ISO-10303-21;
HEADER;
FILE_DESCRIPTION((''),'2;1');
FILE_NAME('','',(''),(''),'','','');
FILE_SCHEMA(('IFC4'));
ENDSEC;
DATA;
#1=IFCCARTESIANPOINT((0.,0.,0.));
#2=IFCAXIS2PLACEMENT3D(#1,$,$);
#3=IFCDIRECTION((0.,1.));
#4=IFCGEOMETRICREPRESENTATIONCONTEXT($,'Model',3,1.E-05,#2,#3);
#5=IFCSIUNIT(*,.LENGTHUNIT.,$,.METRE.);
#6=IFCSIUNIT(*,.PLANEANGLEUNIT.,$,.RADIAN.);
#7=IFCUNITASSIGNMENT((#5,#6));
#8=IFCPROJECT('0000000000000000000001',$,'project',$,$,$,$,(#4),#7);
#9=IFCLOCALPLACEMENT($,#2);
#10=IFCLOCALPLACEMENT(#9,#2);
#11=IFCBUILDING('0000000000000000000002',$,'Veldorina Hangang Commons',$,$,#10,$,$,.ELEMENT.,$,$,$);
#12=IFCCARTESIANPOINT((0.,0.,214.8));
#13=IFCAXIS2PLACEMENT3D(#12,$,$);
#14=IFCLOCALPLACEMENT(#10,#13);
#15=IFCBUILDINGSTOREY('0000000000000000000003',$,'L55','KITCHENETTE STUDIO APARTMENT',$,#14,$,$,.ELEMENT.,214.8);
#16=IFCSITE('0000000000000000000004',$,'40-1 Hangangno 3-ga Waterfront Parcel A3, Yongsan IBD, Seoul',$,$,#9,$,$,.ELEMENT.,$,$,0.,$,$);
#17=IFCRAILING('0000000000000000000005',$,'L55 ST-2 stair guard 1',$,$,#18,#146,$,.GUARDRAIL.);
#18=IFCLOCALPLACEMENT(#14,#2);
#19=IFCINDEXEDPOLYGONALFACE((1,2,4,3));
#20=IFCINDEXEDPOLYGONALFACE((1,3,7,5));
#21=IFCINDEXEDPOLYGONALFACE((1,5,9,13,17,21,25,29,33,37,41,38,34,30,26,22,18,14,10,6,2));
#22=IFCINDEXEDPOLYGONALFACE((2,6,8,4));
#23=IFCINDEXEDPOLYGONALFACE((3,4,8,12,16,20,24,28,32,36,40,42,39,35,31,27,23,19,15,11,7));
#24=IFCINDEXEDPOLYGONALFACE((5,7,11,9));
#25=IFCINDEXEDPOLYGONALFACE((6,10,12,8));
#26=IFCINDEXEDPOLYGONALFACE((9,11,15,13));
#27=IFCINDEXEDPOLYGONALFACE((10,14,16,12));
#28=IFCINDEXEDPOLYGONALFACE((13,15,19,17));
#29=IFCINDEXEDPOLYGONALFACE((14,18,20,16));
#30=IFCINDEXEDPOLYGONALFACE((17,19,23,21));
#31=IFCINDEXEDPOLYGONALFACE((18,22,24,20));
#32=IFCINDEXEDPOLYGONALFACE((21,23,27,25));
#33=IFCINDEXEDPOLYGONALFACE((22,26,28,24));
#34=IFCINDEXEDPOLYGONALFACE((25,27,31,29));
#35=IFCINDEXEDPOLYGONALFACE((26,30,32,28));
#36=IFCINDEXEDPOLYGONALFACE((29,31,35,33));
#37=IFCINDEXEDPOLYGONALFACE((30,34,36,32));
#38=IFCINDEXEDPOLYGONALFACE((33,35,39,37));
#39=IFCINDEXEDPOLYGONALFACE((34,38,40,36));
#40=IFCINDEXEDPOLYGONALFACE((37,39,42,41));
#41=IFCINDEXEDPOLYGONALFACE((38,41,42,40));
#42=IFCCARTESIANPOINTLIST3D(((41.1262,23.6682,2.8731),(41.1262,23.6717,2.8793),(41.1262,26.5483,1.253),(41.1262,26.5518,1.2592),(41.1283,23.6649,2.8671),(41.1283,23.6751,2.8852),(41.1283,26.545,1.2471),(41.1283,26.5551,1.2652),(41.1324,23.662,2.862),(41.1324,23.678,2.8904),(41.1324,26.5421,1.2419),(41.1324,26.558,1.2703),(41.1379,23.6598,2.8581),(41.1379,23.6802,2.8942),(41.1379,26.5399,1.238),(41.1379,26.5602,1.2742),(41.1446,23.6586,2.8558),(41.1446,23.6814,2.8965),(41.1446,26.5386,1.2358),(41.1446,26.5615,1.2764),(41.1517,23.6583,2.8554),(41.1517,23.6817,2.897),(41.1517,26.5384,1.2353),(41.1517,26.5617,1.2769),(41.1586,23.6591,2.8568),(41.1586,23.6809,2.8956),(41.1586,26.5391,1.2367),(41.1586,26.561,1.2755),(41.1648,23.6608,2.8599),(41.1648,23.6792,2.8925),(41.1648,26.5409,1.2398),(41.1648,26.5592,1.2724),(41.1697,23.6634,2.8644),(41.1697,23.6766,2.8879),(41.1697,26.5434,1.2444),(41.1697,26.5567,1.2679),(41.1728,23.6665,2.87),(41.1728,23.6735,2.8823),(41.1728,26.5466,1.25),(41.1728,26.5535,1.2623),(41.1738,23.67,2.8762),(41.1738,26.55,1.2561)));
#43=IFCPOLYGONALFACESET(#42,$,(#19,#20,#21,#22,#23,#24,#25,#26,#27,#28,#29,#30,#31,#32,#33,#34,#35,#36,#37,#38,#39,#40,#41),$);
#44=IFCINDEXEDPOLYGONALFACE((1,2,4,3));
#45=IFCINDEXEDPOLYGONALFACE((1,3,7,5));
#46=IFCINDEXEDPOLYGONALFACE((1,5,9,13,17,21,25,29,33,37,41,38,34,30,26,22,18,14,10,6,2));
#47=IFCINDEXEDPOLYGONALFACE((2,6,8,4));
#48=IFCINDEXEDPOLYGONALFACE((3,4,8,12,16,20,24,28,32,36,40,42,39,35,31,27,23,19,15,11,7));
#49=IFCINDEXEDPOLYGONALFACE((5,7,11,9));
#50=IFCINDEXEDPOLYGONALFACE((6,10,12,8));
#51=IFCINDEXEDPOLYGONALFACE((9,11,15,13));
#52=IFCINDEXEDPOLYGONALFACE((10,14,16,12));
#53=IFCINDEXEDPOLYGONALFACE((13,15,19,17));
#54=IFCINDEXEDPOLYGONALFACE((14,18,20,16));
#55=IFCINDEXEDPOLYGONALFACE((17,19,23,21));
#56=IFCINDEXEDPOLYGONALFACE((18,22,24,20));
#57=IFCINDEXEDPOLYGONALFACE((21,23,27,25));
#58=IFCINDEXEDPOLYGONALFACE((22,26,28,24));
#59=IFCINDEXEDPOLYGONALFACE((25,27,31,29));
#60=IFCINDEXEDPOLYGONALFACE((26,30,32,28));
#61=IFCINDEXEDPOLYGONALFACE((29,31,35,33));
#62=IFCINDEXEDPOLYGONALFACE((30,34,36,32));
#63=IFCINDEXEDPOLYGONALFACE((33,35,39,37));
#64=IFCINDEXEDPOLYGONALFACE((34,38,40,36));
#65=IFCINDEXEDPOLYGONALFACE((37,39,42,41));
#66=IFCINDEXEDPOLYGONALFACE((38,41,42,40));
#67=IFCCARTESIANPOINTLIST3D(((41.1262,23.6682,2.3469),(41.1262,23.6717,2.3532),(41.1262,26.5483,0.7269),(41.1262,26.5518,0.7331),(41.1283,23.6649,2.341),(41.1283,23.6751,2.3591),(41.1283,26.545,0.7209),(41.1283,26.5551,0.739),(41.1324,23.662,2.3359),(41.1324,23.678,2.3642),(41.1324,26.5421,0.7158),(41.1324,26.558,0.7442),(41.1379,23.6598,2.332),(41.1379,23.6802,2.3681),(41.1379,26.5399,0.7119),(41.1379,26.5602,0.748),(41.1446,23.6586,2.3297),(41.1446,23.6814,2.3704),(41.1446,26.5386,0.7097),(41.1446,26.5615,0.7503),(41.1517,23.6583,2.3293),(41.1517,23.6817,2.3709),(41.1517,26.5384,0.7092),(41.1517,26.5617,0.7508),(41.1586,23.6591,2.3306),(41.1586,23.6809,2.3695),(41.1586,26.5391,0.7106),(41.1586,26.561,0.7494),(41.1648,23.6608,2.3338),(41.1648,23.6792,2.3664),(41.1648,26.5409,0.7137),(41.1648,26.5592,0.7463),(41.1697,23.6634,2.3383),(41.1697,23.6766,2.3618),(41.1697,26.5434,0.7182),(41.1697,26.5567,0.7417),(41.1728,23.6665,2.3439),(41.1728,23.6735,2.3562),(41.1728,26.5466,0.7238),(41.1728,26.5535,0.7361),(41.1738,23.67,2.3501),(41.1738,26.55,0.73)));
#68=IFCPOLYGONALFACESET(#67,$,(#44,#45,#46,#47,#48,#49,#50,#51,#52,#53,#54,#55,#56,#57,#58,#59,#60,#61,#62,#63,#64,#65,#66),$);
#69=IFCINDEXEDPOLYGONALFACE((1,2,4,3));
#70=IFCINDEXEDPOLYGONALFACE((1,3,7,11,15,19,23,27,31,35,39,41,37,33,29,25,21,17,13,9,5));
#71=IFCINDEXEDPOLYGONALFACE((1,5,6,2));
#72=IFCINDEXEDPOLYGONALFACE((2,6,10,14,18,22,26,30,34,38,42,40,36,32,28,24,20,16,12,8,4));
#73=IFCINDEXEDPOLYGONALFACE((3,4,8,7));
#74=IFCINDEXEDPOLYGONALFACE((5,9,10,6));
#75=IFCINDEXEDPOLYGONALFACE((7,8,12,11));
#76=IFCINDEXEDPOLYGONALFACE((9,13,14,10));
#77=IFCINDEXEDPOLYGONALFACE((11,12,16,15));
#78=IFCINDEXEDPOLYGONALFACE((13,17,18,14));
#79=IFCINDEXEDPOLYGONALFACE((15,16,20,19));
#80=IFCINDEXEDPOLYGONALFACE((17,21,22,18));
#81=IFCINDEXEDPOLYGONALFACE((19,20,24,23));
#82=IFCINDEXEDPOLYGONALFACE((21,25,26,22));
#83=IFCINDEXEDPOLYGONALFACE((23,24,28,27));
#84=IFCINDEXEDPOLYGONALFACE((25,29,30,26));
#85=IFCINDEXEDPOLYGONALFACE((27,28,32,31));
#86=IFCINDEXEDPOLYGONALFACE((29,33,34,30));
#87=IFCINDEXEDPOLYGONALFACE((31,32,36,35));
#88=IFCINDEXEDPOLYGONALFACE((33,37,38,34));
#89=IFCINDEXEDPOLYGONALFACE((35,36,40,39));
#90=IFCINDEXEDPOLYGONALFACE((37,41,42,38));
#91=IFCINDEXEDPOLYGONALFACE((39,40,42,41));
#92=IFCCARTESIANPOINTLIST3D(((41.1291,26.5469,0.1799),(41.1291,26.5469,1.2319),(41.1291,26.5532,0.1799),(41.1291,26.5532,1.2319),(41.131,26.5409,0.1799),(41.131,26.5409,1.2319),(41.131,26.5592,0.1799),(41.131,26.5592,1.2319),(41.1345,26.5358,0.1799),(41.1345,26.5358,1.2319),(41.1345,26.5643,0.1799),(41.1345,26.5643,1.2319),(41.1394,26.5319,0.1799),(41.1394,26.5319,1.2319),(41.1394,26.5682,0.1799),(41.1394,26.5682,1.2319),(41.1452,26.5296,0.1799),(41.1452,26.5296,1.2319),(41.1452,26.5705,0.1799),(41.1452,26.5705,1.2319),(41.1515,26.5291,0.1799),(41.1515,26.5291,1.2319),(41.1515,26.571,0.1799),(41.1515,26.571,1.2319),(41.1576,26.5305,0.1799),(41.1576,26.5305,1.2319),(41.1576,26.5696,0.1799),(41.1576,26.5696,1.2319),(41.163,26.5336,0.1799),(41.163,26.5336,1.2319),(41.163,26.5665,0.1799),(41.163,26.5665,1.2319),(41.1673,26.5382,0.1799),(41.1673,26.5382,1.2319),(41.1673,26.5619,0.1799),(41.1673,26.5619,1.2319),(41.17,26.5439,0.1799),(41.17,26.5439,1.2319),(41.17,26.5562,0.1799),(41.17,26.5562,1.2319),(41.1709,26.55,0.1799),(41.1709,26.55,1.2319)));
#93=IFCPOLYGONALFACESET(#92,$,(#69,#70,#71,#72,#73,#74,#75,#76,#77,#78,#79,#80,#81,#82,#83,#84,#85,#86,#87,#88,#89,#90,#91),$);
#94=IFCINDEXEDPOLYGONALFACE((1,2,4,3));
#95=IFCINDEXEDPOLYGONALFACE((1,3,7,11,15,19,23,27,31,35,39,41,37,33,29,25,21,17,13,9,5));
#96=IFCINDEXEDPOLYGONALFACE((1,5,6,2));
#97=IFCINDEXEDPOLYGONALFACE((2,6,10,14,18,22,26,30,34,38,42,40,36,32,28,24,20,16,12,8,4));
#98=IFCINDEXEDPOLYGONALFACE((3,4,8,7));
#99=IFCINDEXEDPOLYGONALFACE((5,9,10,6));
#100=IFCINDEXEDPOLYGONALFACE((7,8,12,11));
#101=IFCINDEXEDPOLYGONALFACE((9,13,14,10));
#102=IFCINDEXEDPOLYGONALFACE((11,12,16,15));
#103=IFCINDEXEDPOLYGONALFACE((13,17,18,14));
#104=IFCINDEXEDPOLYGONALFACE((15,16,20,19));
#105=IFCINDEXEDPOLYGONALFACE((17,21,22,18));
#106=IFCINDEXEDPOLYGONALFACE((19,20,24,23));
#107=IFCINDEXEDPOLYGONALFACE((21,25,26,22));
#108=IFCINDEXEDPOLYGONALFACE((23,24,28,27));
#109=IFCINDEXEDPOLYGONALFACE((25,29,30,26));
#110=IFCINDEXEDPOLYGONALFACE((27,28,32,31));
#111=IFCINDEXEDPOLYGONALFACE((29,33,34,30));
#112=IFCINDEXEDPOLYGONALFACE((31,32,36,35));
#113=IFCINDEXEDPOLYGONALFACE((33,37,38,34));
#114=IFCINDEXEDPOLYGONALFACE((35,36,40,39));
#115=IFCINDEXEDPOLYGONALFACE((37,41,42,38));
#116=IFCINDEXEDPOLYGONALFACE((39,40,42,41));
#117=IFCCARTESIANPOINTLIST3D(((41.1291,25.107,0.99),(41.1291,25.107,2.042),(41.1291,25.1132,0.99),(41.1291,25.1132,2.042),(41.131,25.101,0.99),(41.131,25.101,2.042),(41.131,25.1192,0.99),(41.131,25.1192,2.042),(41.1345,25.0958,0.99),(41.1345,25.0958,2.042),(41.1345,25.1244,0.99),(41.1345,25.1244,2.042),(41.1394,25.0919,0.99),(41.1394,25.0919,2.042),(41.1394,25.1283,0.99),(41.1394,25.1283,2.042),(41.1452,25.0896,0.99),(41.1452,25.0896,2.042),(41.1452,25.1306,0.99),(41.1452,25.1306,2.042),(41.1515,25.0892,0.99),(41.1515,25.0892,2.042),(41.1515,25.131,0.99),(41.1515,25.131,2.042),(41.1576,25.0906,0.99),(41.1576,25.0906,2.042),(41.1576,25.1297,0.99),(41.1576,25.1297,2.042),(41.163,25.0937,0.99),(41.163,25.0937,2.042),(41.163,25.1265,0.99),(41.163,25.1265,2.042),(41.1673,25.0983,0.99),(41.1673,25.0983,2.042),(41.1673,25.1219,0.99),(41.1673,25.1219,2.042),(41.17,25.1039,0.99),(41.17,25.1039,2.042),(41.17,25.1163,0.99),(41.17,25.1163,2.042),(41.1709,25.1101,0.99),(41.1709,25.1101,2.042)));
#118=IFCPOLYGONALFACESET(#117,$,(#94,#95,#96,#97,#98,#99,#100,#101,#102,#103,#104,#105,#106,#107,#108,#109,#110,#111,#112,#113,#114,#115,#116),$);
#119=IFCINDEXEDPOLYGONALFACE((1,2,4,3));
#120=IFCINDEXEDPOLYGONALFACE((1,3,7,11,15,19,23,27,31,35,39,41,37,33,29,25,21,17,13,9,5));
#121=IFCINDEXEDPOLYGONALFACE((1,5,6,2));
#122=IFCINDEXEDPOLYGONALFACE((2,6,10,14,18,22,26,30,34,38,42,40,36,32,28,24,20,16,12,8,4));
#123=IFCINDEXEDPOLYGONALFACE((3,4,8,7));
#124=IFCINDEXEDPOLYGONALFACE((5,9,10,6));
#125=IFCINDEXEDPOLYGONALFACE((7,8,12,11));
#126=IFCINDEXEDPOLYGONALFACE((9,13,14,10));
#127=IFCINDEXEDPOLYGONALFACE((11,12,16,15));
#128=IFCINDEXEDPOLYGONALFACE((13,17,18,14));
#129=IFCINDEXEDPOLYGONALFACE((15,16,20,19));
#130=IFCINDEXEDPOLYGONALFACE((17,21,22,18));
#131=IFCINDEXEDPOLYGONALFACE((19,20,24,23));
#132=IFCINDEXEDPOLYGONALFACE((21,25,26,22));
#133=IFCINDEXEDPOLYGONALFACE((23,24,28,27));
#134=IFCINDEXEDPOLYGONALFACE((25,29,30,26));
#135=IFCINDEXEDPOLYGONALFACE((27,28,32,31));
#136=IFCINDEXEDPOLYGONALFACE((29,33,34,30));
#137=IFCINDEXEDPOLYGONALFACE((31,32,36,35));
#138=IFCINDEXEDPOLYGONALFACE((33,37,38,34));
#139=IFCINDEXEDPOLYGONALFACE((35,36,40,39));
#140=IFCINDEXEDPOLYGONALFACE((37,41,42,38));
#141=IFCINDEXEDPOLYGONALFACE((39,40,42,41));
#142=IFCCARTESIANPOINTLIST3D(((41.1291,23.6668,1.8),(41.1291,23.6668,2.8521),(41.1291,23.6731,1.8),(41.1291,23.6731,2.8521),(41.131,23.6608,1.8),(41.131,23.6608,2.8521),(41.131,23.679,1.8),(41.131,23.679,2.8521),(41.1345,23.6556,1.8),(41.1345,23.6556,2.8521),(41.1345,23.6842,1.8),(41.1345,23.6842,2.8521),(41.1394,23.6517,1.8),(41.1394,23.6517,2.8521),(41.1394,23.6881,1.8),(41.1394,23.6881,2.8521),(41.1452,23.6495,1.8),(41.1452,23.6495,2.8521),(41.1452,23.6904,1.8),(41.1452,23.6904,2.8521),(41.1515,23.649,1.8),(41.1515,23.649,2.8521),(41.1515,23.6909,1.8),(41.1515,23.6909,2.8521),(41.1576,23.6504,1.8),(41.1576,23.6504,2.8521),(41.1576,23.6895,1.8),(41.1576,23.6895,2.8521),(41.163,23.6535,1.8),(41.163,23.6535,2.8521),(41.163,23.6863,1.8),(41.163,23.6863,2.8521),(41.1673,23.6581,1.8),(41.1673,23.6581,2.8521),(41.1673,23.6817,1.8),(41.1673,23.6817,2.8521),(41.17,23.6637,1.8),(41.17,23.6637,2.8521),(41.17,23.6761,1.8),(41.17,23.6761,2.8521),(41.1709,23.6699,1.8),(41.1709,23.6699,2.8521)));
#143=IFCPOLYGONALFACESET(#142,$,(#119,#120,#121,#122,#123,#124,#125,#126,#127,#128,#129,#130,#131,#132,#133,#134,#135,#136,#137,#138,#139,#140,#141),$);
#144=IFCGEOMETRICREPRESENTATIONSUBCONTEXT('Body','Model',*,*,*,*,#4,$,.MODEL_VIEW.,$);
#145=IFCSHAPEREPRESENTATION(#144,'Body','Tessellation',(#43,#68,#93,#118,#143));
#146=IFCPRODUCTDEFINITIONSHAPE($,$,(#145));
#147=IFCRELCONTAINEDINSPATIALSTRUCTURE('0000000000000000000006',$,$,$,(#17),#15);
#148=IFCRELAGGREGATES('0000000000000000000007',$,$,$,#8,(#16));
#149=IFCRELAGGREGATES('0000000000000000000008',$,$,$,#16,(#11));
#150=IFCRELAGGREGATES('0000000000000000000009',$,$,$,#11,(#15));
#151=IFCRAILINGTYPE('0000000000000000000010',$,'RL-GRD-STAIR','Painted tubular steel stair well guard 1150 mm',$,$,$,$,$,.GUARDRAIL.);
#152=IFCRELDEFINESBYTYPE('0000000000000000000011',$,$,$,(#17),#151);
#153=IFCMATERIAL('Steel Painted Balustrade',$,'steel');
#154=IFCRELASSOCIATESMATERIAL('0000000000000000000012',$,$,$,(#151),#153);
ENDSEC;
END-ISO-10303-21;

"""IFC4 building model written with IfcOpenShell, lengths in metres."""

from ifc_helpers import new_model, si_unit, direction, frame, origin, origin_2d, place, context, subcontext, project, spatial, circle, extrude, material, type_object, element, save


model = new_model("IFC4")

# Units and contexts
model_context = context("Model", 3, precision=1e-05, world=origin(), true_north=direction((0.0, 1.0)))
body_context = subcontext(model_context, "Body", "Model", "MODEL_VIEW")
ifc_project = project(units=[si_unit("LENGTHUNIT", "METRE"), si_unit("PLANEANGLEUNIT", "RADIAN")], contexts=[model_context])

# Site, building, storey
site_placement = place(None, origin())
site = spatial("IfcSite", under=ifc_project, at=site_placement, Name="40-1 Hangangno 3-ga Waterfront Parcel A3, Yongsan IBD, Seoul", CompositionType="ELEMENT", RefElevation=0.0)
building_placement = place(site_placement, origin())
building = spatial("IfcBuilding", under=site, at=building_placement, Name="Veldorina Hangang Commons", CompositionType="ELEMENT")
storey_placement = place(building_placement, frame((0.0, 0.0, 214.8)))
storey = spatial("IfcBuildingStorey", under=building, at=storey_placement, Name="L55", Description="KITCHENETTE STUDIO APARTMENT", CompositionType="ELEMENT", Elevation=214.8)

# Railing
ifc_material_1 = material(Name="Steel Painted Balustrade", Category="steel")
railing_type_1 = type_object("IfcRailingType", Name="RL-GRD-STAIR", Description="Painted tubular steel stair well guard 1150 mm", PredefinedType="GUARDRAIL", material=ifc_material_1)
railing_1_placement = place(storey_placement, frame((41.1499, 26.55, 0.1799)))
element("IfcRailing", 1, at=railing_1_placement, inside=storey, type_object=railing_type_1, Name="L55 ST-2 stair guard 1", PredefinedType="GUARDRAIL", context=body_context, shape_type="SweptSolid", body=[
    extrude(circle(Radius=0.0239, at=origin_2d()), frame((0.0, 0.0, 1.0762), z_axis=(0.0, -0.87157, 0.490272), x_axis=(1.0, 0.0, 0.0)), (0.0, 0.0, 1.0), 3.3044),
    extrude(circle(Radius=0.0239, at=origin_2d()), frame((0.0, 0.0, 0.55), z_axis=(0.0, -0.87157, 0.490272), x_axis=(1.0, 0.0, 0.0)), (0.0, 0.0, 1.0), 3.3044),
    extrude(circle(Radius=0.021, at=origin_2d()), origin(), (0.0, 0.0, 1.0), 1.052),
    extrude(circle(Radius=0.021, at=origin_2d()), frame((0.0, -1.4399, 0.8101)), (0.0, 0.0, 1.0), 1.052),
    extrude(circle(Radius=0.021, at=origin_2d()), frame((0.0, -2.8801, 1.6201)), (0.0, 0.0, 1.0), 1.052),
])

save(model, "model.ifc")
